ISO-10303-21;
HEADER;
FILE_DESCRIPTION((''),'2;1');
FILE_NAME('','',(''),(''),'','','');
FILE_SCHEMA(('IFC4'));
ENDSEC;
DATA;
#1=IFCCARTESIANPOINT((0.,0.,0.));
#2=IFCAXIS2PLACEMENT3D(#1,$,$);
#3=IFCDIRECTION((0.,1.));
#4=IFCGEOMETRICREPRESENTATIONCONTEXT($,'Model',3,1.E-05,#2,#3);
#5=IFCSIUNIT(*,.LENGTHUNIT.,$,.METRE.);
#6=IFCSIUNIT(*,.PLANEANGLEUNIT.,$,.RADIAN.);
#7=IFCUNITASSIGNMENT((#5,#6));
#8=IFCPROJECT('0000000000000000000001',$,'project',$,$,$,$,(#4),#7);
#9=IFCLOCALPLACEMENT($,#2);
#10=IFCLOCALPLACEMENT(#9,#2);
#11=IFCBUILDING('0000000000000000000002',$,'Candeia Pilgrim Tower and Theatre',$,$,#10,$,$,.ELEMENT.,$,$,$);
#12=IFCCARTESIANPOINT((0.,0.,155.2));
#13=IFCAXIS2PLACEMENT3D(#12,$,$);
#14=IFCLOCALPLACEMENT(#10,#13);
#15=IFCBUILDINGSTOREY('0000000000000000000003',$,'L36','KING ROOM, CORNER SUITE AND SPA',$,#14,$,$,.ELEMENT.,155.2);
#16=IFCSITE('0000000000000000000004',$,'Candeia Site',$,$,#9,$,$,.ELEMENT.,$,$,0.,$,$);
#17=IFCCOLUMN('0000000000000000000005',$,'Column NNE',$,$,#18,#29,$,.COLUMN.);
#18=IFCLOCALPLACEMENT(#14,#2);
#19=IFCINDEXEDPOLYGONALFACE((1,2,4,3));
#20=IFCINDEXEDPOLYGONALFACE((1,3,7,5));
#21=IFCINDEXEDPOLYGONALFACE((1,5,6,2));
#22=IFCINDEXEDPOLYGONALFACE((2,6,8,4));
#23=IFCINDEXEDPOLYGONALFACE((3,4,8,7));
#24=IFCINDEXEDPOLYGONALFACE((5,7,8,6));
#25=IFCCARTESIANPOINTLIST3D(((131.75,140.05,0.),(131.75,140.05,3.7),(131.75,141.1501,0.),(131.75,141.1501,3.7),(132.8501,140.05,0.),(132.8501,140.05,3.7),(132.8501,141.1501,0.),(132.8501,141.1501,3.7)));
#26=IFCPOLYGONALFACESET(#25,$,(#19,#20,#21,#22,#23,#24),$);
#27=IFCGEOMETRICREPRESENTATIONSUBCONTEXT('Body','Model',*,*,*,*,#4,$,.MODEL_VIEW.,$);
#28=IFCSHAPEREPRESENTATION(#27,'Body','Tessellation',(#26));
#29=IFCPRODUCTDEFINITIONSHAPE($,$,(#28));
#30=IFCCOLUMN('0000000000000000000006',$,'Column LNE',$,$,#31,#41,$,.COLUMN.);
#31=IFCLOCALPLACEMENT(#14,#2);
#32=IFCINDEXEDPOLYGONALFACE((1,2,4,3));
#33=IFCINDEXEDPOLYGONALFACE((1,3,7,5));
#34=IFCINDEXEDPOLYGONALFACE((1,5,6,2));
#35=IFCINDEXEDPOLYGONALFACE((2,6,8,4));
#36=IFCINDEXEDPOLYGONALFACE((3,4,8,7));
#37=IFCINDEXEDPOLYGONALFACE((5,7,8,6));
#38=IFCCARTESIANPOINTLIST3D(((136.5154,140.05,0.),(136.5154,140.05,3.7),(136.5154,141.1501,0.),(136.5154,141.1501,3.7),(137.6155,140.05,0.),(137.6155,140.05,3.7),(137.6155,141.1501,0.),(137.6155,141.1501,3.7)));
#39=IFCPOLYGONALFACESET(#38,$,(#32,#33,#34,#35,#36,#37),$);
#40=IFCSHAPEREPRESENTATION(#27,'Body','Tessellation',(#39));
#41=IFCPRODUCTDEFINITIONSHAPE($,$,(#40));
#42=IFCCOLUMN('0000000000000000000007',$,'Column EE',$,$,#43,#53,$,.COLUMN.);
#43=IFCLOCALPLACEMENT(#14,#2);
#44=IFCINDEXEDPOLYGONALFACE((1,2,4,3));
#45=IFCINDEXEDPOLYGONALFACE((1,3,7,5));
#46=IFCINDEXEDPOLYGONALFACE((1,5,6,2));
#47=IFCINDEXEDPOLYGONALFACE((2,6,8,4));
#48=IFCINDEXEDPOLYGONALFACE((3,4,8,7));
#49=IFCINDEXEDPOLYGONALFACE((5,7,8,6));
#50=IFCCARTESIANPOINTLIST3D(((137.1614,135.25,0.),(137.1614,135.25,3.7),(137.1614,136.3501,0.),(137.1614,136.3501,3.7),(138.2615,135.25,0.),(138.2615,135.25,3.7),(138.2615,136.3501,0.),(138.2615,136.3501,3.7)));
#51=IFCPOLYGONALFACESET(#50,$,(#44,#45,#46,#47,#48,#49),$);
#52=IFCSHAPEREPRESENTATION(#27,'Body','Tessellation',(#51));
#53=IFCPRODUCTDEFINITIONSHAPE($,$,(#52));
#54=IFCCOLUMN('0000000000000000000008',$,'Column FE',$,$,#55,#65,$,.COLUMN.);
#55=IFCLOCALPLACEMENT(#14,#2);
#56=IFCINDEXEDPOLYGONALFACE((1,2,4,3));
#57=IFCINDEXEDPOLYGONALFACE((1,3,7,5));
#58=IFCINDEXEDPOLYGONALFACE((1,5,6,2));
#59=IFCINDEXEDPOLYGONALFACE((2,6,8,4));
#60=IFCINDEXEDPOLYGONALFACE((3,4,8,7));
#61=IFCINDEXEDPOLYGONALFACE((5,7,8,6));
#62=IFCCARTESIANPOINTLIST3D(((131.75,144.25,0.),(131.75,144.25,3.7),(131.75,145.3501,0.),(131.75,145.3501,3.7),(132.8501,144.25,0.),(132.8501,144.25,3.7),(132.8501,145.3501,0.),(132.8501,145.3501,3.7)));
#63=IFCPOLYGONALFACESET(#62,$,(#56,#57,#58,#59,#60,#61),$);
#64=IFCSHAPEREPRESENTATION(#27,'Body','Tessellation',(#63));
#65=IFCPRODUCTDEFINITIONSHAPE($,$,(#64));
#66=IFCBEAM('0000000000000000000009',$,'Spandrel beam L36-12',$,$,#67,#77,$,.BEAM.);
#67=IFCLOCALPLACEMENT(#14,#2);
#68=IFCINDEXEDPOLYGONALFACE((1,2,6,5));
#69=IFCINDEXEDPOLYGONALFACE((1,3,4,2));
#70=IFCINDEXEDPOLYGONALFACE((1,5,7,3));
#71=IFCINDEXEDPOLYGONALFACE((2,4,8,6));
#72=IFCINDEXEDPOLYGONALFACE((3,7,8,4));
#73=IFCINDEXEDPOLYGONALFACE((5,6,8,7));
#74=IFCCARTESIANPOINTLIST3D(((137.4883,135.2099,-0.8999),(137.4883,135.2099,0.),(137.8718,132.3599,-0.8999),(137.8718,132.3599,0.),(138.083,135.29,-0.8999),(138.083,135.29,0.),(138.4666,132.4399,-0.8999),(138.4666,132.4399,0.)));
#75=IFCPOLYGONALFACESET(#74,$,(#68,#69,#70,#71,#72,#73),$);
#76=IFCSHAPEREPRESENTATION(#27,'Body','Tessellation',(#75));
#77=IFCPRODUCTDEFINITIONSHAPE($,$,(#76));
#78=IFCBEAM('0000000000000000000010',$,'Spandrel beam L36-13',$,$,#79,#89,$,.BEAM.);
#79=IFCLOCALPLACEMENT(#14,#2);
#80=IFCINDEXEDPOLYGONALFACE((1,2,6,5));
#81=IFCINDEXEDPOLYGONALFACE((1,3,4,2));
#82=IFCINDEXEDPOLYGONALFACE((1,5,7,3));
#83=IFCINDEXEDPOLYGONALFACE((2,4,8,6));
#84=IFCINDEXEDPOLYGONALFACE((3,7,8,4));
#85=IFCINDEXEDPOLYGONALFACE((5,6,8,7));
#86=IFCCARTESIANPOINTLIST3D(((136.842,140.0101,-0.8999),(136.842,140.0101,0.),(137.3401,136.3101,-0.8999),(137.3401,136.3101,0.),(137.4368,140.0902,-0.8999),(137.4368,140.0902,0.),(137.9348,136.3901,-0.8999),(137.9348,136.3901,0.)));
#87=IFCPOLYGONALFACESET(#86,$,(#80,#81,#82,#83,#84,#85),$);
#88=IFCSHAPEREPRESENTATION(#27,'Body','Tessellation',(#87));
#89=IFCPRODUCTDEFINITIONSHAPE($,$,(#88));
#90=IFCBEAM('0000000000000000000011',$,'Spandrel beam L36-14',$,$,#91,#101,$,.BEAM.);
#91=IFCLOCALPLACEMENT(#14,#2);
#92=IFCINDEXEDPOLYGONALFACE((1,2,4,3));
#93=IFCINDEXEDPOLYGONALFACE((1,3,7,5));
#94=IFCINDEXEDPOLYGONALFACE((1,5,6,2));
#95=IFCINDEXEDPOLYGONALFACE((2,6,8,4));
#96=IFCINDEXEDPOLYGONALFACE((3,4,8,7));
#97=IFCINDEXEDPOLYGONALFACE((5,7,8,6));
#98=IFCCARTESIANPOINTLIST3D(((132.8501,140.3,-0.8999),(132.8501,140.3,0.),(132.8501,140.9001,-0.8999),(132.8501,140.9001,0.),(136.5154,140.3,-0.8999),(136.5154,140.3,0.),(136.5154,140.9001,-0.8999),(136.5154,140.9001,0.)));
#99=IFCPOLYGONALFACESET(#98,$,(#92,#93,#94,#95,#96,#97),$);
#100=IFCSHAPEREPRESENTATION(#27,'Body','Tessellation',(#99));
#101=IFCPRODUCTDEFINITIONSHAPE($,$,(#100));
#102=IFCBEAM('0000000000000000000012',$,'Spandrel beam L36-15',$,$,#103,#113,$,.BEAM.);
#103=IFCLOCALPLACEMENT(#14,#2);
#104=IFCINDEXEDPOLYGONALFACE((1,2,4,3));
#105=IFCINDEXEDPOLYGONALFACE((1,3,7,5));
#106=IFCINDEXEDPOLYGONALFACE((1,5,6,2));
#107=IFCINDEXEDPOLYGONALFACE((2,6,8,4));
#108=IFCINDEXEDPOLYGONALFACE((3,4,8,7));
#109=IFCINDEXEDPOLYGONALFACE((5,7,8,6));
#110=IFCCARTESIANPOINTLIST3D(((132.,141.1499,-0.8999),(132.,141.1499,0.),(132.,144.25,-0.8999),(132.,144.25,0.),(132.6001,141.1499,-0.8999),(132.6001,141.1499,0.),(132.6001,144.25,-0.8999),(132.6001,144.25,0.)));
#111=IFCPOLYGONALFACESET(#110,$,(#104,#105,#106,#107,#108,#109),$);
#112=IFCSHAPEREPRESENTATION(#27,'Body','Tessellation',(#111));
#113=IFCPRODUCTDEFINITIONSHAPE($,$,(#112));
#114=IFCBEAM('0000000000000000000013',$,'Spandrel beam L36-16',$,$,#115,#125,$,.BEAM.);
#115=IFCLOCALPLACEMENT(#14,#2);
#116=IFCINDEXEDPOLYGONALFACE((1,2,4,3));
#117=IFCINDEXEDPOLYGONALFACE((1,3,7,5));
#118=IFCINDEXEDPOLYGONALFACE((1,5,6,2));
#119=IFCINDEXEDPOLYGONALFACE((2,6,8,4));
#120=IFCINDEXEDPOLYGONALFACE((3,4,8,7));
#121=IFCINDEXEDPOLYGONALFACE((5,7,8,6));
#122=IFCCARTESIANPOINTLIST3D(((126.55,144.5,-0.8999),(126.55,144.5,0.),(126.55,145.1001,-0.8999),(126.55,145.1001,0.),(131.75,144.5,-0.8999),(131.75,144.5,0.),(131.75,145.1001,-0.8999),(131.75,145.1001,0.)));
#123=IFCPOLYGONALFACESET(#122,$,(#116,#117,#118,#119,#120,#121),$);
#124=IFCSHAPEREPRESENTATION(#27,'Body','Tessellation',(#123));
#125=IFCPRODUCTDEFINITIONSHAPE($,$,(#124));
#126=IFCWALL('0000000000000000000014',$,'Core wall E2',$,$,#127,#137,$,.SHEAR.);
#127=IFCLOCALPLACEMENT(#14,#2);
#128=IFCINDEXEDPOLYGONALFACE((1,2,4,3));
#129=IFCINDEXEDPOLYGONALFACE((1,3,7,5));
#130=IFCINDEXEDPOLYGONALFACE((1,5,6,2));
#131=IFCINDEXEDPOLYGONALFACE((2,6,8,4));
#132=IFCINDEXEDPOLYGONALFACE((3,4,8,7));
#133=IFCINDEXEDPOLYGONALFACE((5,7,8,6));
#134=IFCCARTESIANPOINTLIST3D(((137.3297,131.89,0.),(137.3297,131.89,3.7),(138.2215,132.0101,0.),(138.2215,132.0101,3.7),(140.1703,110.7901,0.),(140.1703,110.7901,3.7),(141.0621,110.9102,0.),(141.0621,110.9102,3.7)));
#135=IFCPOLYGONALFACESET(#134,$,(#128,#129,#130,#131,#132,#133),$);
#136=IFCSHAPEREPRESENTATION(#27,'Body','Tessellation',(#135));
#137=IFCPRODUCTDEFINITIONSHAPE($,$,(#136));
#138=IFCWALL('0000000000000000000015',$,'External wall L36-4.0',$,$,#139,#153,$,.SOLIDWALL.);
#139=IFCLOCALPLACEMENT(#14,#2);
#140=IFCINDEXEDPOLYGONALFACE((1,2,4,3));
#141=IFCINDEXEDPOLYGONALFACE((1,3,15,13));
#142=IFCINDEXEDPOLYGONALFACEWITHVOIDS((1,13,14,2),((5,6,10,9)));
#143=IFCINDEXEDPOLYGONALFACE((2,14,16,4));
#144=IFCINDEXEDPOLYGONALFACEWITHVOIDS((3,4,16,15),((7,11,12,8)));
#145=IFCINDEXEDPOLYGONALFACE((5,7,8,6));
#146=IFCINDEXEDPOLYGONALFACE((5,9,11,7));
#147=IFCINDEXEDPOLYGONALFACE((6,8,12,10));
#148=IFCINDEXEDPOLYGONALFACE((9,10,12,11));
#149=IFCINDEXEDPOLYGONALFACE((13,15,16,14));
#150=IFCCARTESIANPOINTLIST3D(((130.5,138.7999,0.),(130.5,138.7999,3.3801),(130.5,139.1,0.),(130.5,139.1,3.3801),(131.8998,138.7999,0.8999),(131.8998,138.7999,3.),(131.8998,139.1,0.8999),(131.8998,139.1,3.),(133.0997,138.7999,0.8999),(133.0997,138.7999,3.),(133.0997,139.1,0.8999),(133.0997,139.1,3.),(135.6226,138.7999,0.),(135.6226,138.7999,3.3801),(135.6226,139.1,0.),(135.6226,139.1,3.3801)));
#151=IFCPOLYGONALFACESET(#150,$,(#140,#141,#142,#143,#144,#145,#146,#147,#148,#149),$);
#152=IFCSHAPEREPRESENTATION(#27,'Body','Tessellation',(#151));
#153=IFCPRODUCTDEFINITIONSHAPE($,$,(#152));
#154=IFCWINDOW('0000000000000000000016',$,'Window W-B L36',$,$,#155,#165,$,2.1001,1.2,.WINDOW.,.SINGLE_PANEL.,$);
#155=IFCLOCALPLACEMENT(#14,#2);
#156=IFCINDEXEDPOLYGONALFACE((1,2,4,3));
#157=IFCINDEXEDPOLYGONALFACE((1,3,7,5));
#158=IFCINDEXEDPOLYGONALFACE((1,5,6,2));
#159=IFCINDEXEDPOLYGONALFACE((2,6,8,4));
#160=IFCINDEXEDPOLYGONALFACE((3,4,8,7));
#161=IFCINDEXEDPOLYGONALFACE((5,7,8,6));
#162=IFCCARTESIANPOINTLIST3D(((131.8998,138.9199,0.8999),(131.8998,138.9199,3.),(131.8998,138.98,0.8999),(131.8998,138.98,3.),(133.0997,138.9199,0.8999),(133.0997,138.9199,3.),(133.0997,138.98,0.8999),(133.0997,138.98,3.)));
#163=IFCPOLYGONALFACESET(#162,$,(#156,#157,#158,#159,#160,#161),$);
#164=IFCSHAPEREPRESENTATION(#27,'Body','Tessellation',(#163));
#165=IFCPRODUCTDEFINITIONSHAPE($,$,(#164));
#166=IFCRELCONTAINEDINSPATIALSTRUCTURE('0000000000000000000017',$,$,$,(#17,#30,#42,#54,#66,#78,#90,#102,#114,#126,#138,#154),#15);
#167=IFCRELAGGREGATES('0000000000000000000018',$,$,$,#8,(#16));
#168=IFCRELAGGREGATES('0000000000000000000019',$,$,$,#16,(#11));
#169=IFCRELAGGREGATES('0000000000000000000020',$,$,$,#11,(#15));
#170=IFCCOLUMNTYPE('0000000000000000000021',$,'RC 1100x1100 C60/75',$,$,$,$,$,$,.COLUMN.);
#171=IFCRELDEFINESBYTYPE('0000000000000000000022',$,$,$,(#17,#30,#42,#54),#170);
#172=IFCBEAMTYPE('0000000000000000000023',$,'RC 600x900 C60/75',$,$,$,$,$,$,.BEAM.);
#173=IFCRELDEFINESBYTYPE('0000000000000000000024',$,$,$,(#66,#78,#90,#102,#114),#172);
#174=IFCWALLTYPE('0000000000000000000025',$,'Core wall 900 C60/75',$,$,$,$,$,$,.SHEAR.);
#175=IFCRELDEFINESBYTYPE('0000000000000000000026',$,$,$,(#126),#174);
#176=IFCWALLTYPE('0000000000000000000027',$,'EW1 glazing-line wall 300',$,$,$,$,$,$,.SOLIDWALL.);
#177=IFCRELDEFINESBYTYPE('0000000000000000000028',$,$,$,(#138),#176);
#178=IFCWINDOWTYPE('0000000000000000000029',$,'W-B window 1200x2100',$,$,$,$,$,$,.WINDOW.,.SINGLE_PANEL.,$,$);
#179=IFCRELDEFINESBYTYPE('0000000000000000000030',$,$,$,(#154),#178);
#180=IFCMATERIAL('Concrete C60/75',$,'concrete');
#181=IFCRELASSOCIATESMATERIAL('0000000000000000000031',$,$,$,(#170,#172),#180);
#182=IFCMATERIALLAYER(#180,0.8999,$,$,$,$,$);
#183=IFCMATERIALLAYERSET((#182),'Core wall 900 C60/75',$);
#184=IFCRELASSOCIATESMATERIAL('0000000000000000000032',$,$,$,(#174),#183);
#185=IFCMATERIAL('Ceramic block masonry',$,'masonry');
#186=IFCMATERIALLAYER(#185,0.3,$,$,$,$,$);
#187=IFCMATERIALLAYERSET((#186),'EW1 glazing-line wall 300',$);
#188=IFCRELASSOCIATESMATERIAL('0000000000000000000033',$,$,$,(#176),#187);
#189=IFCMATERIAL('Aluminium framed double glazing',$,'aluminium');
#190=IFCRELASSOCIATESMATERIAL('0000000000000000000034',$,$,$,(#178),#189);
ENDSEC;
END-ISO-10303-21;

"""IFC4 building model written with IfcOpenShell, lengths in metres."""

from ifc_helpers import new_model, si_unit, direction, frame, frame_2d, origin, origin_2d, place, context, subcontext, project, spatial, rectangle, extrude, material, layer, layer_set, material_profile, profile_set, type_object, element, fill, save


model = new_model("IFC4")

# Units and contexts
model_context = context("Model", 3, precision=1e-05, world=origin(), true_north=direction((0.0, 1.0)))
body_context = subcontext(model_context, "Body", "Model", "MODEL_VIEW")
ifc_project = project(units=[si_unit("LENGTHUNIT", "METRE"), si_unit("PLANEANGLEUNIT", "RADIAN")], contexts=[model_context])

# Site, building, storey
site_placement = place(None, origin())
site = spatial("IfcSite", under=ifc_project, at=site_placement, Name="Candeia Site", CompositionType="ELEMENT", RefElevation=0.0)
building_placement = place(site_placement, origin())
building = spatial("IfcBuilding", under=site, at=building_placement, Name="Candeia Pilgrim Tower and Theatre", CompositionType="ELEMENT")
storey_placement = place(building_placement, frame((0.0, 0.0, 155.2)))
storey = spatial("IfcBuildingStorey", under=building, at=storey_placement, Name="L36", Description="KING ROOM, CORNER SUITE AND SPA", CompositionType="ELEMENT", Elevation=155.2)

# Columns
ifc_material_1 = material(Name="Concrete C60/75", Category="concrete")
ifc_material_profile_1 = material_profile(ifc_material_1, rectangle(XDim=1.1001, YDim=1.1001, at=origin_2d()))
ifc_profile_set_1 = profile_set([ifc_material_profile_1], Name="Concrete C60/75")
column_type = type_object("IfcColumnType", Name="RC 1100x1100 C60/75", PredefinedType="COLUMN", material=ifc_profile_set_1)
for number, where, z_axis, x_axis, name in (
    (1, (132.3, 140.6001, 0.0), (0.0, 0.0, 1.0), (1.0, 0.0, 0.0), "Column NNE"),
    (2, (137.0654, 140.6001, 0.0), (0.0, 0.0, 1.0), (1.0, 0.0, 0.0), "Column LNE"),
    (3, (137.7114, 135.8, 0.0), (0.0, 0.0, 1.0), (1.0, 0.0, 0.0), "Column EE"),
    (4, (132.3, 144.8, 0.0), (0.0, 0.0, 1.0), (1.0, 0.0, 0.0), "Column FE"),
):
    element("IfcColumn", number, at=place(storey_placement, frame(where, z_axis=z_axis, x_axis=x_axis)), inside=storey, type_object=column_type, Name=name, PredefinedType="COLUMN", context=body_context, shape_type="SweptSolid", body=[
        extrude(rectangle(XDim=1.1001, YDim=1.1001, at=origin_2d()), origin(), (0.0, 0.0, 1.0), 3.7),
    ])

# Beams
ifc_material_profile_2 = material_profile(ifc_material_1, rectangle(XDim=0.6001, YDim=0.8999, at=origin_2d()))
ifc_profile_set_2 = profile_set([ifc_material_profile_2], Name="Concrete C60/75")
beam_type = type_object("IfcBeamType", Name="RC 600x900 C60/75", PredefinedType="BEAM", material=ifc_profile_set_2)
beam_1_placement = place(storey_placement, frame((138.1692, 132.3999, -0.45), z_axis=(-0.13337, 0.991066, 0.0), x_axis=(-0.991066, -0.13337, 0.0)))
element("IfcBeam", 5, at=beam_1_placement, inside=storey, type_object=beam_type, Name="Spandrel beam L36-12", PredefinedType="BEAM", context=body_context, shape_type="SweptSolid", body=[
    extrude(rectangle(XDim=0.6001, YDim=0.8999, at=origin_2d()), origin(), (0.0, 0.0, 1.0), 2.8757),
])
beam_2_placement = place(storey_placement, frame((137.6375, 136.3501, -0.45), z_axis=(-0.133406, 0.991061, 0.0), x_axis=(-0.991061, -0.133406, 0.0)))
element("IfcBeam", 6, at=beam_2_placement, inside=storey, type_object=beam_type, Name="Spandrel beam L36-13", PredefinedType="BEAM", context=body_context, shape_type="SweptSolid", body=[
    extrude(rectangle(XDim=0.6001, YDim=0.8999, at=origin_2d()), origin(), (0.0, 0.0, 1.0), 3.7334),
])
beam_3_placement = place(storey_placement, frame((136.5154, 140.6001, -0.45), z_axis=(-1.0, 0.0, 0.0), x_axis=(0.0, -1.0, 0.0)))
element("IfcBeam", 7, at=beam_3_placement, inside=storey, type_object=beam_type, Name="Spandrel beam L36-14", PredefinedType="BEAM", context=body_context, shape_type="SweptSolid", body=[
    extrude(rectangle(XDim=0.6001, YDim=0.8999, at=origin_2d()), origin(), (0.0, 0.0, 1.0), 3.6653),
])
beam_4_placement = place(storey_placement, frame((132.3, 141.1499, -0.45), z_axis=(0.0, 1.0, 0.0), x_axis=(-1.0, 0.0, 0.0)))
element("IfcBeam", 8, at=beam_4_placement, inside=storey, type_object=beam_type, Name="Spandrel beam L36-15", PredefinedType="BEAM", context=body_context, shape_type="SweptSolid", body=[
    extrude(rectangle(XDim=0.6001, YDim=0.8999, at=origin_2d()), origin(), (0.0, 0.0, 1.0), 3.1001),
])
beam_5_placement = place(storey_placement, frame((131.75, 144.8, -0.45), z_axis=(-1.0, 0.0, 0.0), x_axis=(0.0, -1.0, 0.0)))
element("IfcBeam", 9, at=beam_5_placement, inside=storey, type_object=beam_type, Name="Spandrel beam L36-16", PredefinedType="BEAM", context=body_context, shape_type="SweptSolid", body=[
    extrude(rectangle(XDim=0.6001, YDim=0.8999, at=origin_2d()), origin(), (0.0, 0.0, 1.0), 5.2),
])

# Wall
ifc_layer_1 = layer(ifc_material_1, 0.8999)
ifc_layer_set_1 = layer_set([ifc_layer_1], Name="Core wall 900 C60/75")
wall_type_1 = type_object("IfcWallType", Name="Core wall 900 C60/75", PredefinedType="SHEAR", material=ifc_layer_set_1)
wall_1_placement = place(storey_placement, frame((137.7756, 131.95, 0.0), z_axis=(0.0, 0.0, 1.0), x_axis=(0.133422, -0.991059, 0.0)))
element("IfcWall", 10, at=wall_1_placement, inside=storey, type_object=wall_type_1, Name="Core wall E2", PredefinedType="SHEAR", context=body_context, shape_type="SweptSolid", body=[
    extrude(rectangle(XDim=21.2903, YDim=0.8999, at=frame_2d((10.645, 0.0))), origin(), (0.0, 0.0, 1.0), 3.7),
])

# Shared definitions
ifc_material_2 = material(Name="Ceramic block masonry", Category="masonry")
ifc_layer_2 = layer(ifc_material_2, 0.3)
ifc_layer_set_2 = layer_set([ifc_layer_2], Name="EW1 glazing-line wall 300")
wall_type_2 = type_object("IfcWallType", Name="EW1 glazing-line wall 300", PredefinedType="SOLIDWALL", material=ifc_layer_set_2)
ifc_material_3 = material(Name="Aluminium framed double glazing", Category="aluminium")

# Wall, opening, window
wall_2_placement = place(storey_placement, frame((135.6226, 138.95, 0.0), z_axis=(0.0, 0.0, 1.0), x_axis=(-1.0, 0.0, 0.0)))
wall_2 = element("IfcWall", 11, at=wall_2_placement, inside=storey, type_object=wall_type_2, Name="External wall L36-4.0", PredefinedType="SOLIDWALL", context=body_context, shape_type="SweptSolid", body=[
    extrude(rectangle(XDim=5.1226, YDim=0.3, at=frame_2d((2.5613, 0.0))), origin(), (0.0, 0.0, 1.0), 3.3801),
])
opening_1_placement = place(wall_2_placement, frame((2.5227, 0.0, 0.8999)))
opening_1 = element("IfcOpeningElement", 12, at=opening_1_placement, cuts=wall_2, PredefinedType="OPENING", context=body_context, shape_type="SweptSolid", body=[
    extrude(rectangle(XDim=1.2, YDim=2.1001, at=frame_2d((0.6001, 1.05))), frame((0.0, 0.1602, 0.0), z_axis=(0.0, -1.0, 0.0), x_axis=(1.0, 0.0, 0.0)), (0.0, 0.0, 1.0), 0.3201),
])
window_type_1 = type_object("IfcWindowType", Name="W-B window 1200x2100", PartitioningType="SINGLE_PANEL", PredefinedType="WINDOW", material=ifc_material_3)
window_1_placement = place(opening_1_placement, origin())
window_1 = element("IfcWindow", 13, at=window_1_placement, inside=storey, type_object=window_type_1, Name="Window W-B L36", OverallHeight=2.1001, OverallWidth=1.2, PartitioningType="SINGLE_PANEL", PredefinedType="WINDOW", context=body_context, shape_type="SweptSolid", body=[
    extrude(rectangle(XDim=1.2, YDim=2.1001, at=frame_2d((0.6001, 1.05))), frame((0.0, 0.03, 0.0), z_axis=(0.0, -1.0, 0.0), x_axis=(1.0, 0.0, 0.0)), (0.0, 0.0, 1.0), 0.0601),
])
fill(opening_1, window_1)

save(model, "model.ifc")
